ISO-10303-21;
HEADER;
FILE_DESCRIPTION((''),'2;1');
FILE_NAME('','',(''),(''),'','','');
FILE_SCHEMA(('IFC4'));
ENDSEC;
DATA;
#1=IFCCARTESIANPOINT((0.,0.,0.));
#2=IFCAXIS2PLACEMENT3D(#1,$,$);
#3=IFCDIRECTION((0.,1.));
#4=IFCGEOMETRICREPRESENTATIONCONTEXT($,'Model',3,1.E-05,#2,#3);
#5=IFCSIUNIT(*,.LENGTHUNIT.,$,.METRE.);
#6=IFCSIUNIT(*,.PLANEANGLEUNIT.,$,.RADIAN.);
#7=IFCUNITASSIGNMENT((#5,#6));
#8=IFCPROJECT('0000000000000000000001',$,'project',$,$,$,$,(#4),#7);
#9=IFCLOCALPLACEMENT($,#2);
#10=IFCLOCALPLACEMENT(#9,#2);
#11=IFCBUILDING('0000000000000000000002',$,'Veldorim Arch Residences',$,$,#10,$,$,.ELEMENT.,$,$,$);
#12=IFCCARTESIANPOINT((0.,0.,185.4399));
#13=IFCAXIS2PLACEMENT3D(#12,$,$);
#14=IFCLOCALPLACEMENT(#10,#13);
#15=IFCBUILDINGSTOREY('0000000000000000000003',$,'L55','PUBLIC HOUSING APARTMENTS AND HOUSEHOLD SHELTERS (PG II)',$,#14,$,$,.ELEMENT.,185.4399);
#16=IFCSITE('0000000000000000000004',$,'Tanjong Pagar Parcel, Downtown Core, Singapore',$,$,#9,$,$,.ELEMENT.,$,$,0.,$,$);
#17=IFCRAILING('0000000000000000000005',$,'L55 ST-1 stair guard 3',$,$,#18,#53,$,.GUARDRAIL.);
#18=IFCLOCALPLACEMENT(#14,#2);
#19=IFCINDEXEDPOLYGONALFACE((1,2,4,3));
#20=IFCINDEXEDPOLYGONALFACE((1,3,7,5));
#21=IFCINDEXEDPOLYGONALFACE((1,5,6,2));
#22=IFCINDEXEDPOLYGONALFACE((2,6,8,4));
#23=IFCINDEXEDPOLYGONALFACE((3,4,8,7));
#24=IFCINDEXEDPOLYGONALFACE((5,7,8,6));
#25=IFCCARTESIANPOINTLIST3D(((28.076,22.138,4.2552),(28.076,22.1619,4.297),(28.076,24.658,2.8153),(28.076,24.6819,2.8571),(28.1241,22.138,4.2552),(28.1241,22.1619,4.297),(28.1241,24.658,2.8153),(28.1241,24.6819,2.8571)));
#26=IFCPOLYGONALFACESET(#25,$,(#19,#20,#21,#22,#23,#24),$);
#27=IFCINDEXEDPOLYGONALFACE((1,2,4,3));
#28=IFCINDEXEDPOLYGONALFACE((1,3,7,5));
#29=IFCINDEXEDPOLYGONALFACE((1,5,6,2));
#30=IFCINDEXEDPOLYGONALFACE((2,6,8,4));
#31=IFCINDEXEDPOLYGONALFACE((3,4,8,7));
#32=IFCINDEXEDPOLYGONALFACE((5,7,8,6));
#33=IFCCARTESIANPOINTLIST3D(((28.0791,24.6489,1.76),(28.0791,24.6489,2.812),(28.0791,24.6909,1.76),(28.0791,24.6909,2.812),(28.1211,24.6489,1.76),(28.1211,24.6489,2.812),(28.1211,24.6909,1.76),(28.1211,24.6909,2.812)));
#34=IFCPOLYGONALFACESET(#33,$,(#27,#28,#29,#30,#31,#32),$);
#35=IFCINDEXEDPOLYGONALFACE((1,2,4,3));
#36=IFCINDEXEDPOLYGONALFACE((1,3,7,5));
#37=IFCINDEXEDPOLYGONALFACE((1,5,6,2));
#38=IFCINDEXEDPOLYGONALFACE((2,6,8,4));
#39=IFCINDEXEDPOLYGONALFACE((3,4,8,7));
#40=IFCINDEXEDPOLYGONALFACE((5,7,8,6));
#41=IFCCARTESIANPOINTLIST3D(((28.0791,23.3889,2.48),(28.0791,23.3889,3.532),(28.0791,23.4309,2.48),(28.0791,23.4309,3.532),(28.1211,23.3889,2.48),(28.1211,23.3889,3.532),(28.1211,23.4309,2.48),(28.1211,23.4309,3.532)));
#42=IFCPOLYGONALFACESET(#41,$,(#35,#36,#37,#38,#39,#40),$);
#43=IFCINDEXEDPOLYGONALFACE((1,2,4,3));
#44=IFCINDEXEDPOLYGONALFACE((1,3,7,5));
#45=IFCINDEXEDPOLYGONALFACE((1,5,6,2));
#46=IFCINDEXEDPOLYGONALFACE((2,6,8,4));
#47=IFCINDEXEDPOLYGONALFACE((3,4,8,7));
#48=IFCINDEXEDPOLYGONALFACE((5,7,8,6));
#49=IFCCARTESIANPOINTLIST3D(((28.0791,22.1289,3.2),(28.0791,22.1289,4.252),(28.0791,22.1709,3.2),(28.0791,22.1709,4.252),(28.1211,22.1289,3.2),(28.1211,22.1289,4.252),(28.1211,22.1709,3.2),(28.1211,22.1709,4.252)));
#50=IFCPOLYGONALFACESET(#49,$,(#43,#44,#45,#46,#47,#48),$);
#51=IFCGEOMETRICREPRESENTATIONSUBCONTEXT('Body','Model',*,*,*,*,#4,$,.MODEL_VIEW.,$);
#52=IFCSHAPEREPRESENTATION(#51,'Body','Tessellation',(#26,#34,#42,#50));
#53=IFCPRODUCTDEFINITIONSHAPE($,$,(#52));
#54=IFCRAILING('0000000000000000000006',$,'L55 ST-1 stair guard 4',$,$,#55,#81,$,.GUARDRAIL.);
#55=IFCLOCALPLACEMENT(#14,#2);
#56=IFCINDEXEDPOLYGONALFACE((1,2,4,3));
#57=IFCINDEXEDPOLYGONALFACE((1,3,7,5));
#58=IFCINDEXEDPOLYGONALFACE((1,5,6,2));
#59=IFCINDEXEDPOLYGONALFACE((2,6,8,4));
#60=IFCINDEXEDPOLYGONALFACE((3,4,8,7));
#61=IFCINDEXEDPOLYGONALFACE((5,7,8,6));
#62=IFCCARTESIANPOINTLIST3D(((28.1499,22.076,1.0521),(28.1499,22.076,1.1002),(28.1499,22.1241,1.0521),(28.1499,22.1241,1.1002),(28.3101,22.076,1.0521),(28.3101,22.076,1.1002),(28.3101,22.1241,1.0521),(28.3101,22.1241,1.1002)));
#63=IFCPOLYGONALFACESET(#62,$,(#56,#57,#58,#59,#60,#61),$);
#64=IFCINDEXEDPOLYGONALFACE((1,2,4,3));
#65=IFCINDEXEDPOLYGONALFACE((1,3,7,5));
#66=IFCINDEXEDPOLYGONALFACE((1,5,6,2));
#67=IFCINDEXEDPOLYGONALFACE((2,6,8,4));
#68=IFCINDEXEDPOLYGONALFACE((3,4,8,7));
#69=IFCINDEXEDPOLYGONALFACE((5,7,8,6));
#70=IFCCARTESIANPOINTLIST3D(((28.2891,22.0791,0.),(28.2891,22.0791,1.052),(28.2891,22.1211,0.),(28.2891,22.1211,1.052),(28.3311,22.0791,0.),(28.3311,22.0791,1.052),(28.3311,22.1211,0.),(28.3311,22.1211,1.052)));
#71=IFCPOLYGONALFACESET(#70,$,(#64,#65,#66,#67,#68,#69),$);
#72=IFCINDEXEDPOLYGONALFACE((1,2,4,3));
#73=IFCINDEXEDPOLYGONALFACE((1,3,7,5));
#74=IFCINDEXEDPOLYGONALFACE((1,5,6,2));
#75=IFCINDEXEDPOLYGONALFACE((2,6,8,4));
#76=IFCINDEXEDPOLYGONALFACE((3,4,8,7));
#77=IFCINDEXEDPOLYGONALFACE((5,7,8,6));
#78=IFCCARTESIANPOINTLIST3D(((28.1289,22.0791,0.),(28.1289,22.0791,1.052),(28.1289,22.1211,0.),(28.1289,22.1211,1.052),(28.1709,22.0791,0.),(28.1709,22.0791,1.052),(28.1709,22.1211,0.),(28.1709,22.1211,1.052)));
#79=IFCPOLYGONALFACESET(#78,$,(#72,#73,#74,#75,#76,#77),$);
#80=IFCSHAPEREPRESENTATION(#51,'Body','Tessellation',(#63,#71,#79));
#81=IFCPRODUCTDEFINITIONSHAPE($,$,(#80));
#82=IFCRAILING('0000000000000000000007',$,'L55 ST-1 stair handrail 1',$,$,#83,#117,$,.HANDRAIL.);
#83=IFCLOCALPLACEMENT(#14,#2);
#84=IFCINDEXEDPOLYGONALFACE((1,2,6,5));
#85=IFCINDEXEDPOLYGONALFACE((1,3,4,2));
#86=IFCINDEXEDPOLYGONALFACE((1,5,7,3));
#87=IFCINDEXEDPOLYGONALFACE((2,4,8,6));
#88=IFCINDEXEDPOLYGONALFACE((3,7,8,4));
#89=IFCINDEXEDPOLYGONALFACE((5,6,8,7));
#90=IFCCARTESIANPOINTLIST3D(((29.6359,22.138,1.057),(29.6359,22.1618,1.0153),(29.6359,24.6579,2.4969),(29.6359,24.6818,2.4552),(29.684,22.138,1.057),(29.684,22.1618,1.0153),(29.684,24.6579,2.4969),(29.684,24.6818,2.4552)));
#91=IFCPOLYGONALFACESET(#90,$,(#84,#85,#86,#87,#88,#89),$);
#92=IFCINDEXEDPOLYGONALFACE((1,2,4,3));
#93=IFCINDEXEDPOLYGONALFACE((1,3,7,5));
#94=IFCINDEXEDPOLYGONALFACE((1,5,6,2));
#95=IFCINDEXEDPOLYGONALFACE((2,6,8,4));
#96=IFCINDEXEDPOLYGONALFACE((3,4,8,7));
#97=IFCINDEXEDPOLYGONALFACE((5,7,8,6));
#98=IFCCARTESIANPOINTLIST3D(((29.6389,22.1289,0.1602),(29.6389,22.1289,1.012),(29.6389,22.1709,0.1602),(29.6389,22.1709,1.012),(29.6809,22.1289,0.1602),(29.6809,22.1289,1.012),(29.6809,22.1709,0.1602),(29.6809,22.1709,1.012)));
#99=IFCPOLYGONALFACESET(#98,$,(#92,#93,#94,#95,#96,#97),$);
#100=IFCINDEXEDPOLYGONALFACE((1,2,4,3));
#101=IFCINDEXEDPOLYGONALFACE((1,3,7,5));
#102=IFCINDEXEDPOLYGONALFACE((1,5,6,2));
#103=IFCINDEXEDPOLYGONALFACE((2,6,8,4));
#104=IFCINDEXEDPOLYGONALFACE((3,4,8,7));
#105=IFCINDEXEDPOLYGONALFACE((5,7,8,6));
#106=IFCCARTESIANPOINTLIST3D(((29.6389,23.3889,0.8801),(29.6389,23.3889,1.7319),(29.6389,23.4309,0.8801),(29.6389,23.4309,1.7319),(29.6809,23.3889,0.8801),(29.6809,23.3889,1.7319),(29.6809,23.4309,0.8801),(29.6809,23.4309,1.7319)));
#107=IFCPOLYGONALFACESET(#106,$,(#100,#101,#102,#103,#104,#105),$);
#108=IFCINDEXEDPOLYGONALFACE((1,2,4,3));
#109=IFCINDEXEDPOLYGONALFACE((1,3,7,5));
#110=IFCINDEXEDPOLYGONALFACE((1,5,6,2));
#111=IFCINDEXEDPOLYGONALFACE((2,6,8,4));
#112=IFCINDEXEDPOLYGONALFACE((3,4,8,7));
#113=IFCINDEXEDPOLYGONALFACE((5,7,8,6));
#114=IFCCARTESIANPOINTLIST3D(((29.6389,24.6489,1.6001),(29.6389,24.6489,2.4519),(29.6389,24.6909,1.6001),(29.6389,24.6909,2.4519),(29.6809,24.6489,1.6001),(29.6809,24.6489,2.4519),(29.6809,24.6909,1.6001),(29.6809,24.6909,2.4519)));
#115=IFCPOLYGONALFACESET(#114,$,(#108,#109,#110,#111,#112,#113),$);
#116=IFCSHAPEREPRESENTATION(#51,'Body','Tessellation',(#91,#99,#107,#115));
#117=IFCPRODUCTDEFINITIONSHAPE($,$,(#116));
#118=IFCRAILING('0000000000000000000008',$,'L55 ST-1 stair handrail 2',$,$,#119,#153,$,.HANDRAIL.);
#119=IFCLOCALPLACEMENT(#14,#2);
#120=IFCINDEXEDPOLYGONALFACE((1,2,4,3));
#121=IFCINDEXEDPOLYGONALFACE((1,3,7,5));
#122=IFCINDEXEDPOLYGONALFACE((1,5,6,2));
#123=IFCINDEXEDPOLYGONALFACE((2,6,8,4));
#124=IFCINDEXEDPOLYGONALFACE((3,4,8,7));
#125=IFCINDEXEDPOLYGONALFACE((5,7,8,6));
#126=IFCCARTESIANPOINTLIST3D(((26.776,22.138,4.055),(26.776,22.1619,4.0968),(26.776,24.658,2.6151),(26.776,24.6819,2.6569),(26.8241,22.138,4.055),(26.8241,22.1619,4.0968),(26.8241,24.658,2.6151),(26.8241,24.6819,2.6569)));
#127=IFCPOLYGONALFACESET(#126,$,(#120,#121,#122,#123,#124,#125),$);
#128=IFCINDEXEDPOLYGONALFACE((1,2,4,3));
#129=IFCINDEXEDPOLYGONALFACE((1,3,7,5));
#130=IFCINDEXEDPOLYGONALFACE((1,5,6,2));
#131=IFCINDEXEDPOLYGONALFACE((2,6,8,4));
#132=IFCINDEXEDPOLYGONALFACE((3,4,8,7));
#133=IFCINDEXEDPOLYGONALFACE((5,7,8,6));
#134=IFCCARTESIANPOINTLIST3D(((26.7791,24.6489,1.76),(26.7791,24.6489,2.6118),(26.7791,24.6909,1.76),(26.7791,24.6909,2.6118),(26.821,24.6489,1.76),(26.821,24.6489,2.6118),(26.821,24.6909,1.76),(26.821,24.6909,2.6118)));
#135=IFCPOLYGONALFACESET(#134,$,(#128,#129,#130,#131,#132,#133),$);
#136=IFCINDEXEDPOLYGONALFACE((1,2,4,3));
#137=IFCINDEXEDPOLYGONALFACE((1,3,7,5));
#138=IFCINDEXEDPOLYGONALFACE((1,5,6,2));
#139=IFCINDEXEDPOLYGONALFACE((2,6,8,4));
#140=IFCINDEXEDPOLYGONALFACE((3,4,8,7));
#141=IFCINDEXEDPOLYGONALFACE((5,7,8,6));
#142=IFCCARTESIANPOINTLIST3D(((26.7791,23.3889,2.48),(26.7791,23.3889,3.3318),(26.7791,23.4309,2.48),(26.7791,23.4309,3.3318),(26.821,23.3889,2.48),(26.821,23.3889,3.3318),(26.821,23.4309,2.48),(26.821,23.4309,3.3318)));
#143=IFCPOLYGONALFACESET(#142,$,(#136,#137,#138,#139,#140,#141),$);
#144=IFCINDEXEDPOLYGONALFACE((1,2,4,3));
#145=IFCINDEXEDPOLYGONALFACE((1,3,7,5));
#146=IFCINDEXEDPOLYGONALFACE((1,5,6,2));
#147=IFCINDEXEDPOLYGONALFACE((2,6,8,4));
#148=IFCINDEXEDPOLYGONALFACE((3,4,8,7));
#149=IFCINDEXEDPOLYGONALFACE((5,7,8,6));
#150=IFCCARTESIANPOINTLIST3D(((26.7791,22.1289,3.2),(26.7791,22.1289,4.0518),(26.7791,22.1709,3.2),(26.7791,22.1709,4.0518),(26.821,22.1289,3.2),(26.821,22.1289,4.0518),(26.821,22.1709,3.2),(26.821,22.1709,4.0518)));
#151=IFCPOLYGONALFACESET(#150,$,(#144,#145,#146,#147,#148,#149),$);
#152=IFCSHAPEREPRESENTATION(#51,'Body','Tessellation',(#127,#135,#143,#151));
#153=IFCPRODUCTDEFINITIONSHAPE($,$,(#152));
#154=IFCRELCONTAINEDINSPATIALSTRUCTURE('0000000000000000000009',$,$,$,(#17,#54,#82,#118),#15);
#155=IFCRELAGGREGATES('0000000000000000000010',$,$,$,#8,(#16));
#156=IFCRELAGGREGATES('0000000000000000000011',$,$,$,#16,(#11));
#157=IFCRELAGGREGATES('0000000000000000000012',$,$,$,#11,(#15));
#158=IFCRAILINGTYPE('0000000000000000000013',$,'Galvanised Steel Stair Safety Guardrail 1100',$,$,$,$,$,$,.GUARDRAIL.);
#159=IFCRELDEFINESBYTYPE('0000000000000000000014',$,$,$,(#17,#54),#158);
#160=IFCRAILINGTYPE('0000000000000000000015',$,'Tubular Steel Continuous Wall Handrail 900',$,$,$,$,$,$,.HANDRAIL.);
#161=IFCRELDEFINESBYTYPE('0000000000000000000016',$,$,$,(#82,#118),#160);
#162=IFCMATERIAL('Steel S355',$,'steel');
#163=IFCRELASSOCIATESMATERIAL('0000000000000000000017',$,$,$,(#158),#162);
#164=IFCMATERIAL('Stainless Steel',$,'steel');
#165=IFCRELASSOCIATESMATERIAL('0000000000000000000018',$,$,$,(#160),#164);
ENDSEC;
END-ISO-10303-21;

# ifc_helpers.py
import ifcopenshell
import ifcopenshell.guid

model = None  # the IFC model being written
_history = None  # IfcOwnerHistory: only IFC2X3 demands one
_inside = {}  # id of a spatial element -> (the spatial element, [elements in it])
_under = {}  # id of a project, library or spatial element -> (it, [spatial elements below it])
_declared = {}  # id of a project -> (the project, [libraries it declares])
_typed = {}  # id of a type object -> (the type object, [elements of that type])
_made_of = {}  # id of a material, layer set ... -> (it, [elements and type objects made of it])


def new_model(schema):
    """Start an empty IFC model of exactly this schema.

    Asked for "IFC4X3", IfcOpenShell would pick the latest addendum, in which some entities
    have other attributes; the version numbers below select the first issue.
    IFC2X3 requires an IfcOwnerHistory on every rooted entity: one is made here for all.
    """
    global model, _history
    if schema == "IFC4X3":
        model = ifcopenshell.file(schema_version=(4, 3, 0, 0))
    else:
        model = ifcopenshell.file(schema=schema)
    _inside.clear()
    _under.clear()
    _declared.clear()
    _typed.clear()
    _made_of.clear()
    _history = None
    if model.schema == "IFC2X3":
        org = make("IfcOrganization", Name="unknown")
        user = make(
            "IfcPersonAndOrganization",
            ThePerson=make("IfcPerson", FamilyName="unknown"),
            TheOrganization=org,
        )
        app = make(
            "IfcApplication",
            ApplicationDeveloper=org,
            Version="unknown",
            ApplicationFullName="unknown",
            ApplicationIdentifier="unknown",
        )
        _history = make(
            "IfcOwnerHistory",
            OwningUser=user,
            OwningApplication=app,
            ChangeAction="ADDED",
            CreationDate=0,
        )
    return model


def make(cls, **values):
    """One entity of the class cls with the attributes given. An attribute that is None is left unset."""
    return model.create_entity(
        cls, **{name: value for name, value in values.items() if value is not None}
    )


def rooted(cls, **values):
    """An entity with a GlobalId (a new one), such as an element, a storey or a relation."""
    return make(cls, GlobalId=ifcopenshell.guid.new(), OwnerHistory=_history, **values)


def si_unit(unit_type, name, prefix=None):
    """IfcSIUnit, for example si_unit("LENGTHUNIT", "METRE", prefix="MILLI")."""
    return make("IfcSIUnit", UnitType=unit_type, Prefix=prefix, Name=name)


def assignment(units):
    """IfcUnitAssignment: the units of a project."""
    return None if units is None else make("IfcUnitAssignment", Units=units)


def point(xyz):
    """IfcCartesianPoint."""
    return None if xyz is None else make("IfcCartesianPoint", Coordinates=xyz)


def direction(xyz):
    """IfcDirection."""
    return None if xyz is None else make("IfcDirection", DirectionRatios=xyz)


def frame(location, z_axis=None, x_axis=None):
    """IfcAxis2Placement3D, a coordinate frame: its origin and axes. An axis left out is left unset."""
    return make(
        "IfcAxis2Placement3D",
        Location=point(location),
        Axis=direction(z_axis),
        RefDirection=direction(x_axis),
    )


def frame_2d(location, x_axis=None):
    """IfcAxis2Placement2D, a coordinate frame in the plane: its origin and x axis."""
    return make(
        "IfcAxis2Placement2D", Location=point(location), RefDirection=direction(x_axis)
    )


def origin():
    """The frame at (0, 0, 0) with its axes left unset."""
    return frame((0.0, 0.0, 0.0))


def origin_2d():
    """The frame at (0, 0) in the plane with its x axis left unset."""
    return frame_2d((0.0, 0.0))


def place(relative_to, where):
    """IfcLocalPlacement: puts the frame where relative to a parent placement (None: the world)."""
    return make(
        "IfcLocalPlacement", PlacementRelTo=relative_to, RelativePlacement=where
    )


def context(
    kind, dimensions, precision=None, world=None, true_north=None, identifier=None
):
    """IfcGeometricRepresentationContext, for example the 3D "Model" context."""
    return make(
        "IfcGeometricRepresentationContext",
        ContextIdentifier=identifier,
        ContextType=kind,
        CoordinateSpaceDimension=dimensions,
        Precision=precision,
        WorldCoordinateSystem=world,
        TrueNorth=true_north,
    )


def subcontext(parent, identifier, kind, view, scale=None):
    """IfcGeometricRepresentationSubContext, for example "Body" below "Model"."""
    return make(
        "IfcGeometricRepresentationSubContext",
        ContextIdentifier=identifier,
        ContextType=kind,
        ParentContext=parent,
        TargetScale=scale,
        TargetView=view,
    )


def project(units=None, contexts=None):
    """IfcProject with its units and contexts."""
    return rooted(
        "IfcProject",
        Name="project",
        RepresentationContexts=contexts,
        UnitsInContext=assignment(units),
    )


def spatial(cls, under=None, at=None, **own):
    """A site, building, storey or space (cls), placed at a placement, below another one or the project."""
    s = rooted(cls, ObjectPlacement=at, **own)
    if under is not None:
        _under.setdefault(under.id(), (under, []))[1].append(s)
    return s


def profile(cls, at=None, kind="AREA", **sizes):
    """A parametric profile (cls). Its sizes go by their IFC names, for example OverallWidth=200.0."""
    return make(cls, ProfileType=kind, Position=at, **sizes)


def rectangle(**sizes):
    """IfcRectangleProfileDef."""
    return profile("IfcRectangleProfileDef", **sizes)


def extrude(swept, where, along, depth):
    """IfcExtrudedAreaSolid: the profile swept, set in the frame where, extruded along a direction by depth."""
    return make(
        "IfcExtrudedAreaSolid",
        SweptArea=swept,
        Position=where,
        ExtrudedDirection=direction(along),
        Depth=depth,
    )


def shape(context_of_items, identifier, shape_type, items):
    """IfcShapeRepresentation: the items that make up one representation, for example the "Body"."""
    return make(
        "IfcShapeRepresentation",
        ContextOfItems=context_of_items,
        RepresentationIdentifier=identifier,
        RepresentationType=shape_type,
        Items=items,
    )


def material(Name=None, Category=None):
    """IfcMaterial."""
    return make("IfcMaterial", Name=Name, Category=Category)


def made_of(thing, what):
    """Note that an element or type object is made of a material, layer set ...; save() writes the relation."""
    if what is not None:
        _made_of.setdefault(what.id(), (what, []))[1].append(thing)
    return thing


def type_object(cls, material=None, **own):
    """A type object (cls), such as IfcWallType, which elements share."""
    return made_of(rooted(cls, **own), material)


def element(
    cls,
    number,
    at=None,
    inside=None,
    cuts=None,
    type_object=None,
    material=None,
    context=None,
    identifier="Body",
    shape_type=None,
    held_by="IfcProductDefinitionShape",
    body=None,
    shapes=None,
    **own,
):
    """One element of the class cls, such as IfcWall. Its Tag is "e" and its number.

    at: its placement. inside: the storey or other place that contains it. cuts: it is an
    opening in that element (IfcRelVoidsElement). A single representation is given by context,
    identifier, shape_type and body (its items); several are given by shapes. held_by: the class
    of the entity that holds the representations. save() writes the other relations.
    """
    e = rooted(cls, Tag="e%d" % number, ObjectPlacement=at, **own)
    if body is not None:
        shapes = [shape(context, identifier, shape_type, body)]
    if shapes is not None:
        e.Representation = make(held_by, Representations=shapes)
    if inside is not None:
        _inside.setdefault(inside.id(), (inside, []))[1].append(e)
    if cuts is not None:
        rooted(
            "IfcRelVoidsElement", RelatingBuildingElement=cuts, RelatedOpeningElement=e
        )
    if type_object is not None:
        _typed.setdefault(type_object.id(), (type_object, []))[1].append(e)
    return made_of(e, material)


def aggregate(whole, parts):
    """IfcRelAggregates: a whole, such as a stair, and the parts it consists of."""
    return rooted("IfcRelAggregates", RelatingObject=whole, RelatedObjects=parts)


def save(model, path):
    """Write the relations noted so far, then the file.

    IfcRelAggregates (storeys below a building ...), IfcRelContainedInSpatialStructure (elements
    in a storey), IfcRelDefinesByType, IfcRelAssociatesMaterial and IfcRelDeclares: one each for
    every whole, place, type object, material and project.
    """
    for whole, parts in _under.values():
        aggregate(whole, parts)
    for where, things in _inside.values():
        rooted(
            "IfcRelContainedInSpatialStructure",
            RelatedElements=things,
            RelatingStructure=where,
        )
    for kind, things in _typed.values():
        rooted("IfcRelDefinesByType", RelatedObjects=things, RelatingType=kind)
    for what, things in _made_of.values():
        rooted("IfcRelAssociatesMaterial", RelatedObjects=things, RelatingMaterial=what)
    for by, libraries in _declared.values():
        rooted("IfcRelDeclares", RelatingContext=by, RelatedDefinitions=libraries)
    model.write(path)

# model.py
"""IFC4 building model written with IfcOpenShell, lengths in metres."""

from ifc_helpers import new_model, si_unit, direction, frame, origin, origin_2d, place, context, subcontext, project, spatial, rectangle, extrude, material, type_object, element, save


model = new_model("IFC4")

# Units and contexts
model_context = context("Model", 3, precision=1e-05, world=origin(), true_north=direction((0.0, 1.0)))
body_context = subcontext(model_context, "Body", "Model", "MODEL_VIEW")
ifc_project = project(units=[si_unit("LENGTHUNIT", "METRE"), si_unit("PLANEANGLEUNIT", "RADIAN")], contexts=[model_context])

# Site, building, storey
site_placement = place(None, origin())
site = spatial("IfcSite", under=ifc_project, at=site_placement, Name="Tanjong Pagar Parcel, Downtown Core, Singapore", CompositionType="ELEMENT", RefElevation=0.0)
building_placement = place(site_placement, origin())
building = spatial("IfcBuilding", under=site, at=building_placement, Name="Veldorim Arch Residences", CompositionType="ELEMENT")
storey_placement = place(building_placement, frame((0.0, 0.0, 185.4399)))
storey = spatial("IfcBuildingStorey", under=building, at=storey_placement, Name="L55", Description="PUBLIC HOUSING APARTMENTS AND HOUSEHOLD SHELTERS (PG II)", CompositionType="ELEMENT", Elevation=185.4399)

# Railings
ifc_material_1 = material(Name="Steel S355", Category="steel")
railing_type_1 = type_object("IfcRailingType", Name="Galvanised Steel Stair Safety Guardrail 1100", PredefinedType="GUARDRAIL", material=ifc_material_1)
railing_1_placement = place(storey_placement, frame((28.1001, 24.6699, 1.76)))
element("IfcRailing", 1, at=railing_1_placement, inside=storey, type_object=railing_type_1, Name="L55 ST-1 stair guard 3", PredefinedType="GUARDRAIL", context=body_context, shape_type="SweptSolid", body=[
    extrude(rectangle(XDim=0.0481, YDim=0.0481, at=origin_2d()), frame((0.0, 0.0, 1.0762), z_axis=(0.0, -0.868253, 0.496121), x_axis=(1.0, 0.0, 0.0)), (0.0, 0.0, 1.0), 2.9023),
    extrude(rectangle(XDim=0.042, YDim=0.042, at=origin_2d()), origin(), (0.0, 0.0, 1.0), 1.052),
    extrude(rectangle(XDim=0.042, YDim=0.042, at=origin_2d()), frame((0.0, -1.26, 0.72)), (0.0, 0.0, 1.0), 1.052),
    extrude(rectangle(XDim=0.042, YDim=0.042, at=origin_2d()), frame((0.0, -2.52, 1.4399)), (0.0, 0.0, 1.0), 1.052),
])
railing_2_placement = place(storey_placement, frame((28.3101, 22.1001, 0.0)))
element("IfcRailing", 2, at=railing_2_placement, inside=storey, type_object=railing_type_1, Name="L55 ST-1 stair guard 4", PredefinedType="GUARDRAIL", context=body_context, shape_type="SweptSolid", body=[
    extrude(rectangle(XDim=0.0481, YDim=0.0481, at=origin_2d()), frame((0.0, 0.0, 1.0762), z_axis=(-1.0, 0.0, 0.0), x_axis=(0.0, -1.0, 0.0)), (0.0, 0.0, 1.0), 0.1602),
    extrude(rectangle(XDim=0.042, YDim=0.042, at=origin_2d()), origin(), (0.0, 0.0, 1.0), 1.052),
    extrude(rectangle(XDim=0.042, YDim=0.042, at=origin_2d()), frame((-0.1602, 0.0, 0.0)), (0.0, 0.0, 1.0), 1.052),
])
ifc_material_2 = material(Name="Stainless Steel", Category="steel")
railing_type_2 = type_object("IfcRailingType", Name="Tubular Steel Continuous Wall Handrail 900", PredefinedType="HANDRAIL", material=ifc_material_2)
railing_3_placement = place(storey_placement, frame((29.6599, 22.1499, 0.1602)))
element("IfcRailing", 3, at=railing_3_placement, inside=storey, type_object=railing_type_2, Name="L55 ST-1 stair handrail 1", PredefinedType="HANDRAIL", context=body_context, shape_type="SweptSolid", body=[
    extrude(rectangle(XDim=0.0481, YDim=0.0481, at=origin_2d()), frame((0.0, 0.0, 0.876), z_axis=(0.0, 0.868253, 0.496121), x_axis=(-1.0, 0.0, 0.0)), (0.0, 0.0, 1.0), 2.9023),
    extrude(rectangle(XDim=0.042, YDim=0.042, at=origin_2d()), origin(), (0.0, 0.0, 1.0), 0.8518),
    extrude(rectangle(XDim=0.042, YDim=0.042, at=origin_2d()), frame((0.0, 1.26, 0.72)), (0.0, 0.0, 1.0), 0.8518),
    extrude(rectangle(XDim=0.042, YDim=0.042, at=origin_2d()), frame((0.0, 2.52, 1.4399)), (0.0, 0.0, 1.0), 0.8518),
])
railing_4_placement = place(storey_placement, frame((26.8, 24.6699, 1.76)))
element("IfcRailing", 4, at=railing_4_placement, inside=storey, type_object=railing_type_2, Name="L55 ST-1 stair handrail 2", PredefinedType="HANDRAIL", context=body_context, shape_type="SweptSolid", body=[
    extrude(rectangle(XDim=0.0481, YDim=0.0481, at=origin_2d()), frame((0.0, 0.0, 0.876), z_axis=(0.0, -0.868253, 0.496121), x_axis=(1.0, 0.0, 0.0)), (0.0, 0.0, 1.0), 2.9023),
    extrude(rectangle(XDim=0.042, YDim=0.042, at=origin_2d()), origin(), (0.0, 0.0, 1.0), 0.8518),
    extrude(rectangle(XDim=0.042, YDim=0.042, at=origin_2d()), frame((0.0, -1.26, 0.72)), (0.0, 0.0, 1.0), 0.8518),
    extrude(rectangle(XDim=0.042, YDim=0.042, at=origin_2d()), frame((0.0, -2.52, 1.4399)), (0.0, 0.0, 1.0), 0.8518),
])

save(model, "model.ifc")
